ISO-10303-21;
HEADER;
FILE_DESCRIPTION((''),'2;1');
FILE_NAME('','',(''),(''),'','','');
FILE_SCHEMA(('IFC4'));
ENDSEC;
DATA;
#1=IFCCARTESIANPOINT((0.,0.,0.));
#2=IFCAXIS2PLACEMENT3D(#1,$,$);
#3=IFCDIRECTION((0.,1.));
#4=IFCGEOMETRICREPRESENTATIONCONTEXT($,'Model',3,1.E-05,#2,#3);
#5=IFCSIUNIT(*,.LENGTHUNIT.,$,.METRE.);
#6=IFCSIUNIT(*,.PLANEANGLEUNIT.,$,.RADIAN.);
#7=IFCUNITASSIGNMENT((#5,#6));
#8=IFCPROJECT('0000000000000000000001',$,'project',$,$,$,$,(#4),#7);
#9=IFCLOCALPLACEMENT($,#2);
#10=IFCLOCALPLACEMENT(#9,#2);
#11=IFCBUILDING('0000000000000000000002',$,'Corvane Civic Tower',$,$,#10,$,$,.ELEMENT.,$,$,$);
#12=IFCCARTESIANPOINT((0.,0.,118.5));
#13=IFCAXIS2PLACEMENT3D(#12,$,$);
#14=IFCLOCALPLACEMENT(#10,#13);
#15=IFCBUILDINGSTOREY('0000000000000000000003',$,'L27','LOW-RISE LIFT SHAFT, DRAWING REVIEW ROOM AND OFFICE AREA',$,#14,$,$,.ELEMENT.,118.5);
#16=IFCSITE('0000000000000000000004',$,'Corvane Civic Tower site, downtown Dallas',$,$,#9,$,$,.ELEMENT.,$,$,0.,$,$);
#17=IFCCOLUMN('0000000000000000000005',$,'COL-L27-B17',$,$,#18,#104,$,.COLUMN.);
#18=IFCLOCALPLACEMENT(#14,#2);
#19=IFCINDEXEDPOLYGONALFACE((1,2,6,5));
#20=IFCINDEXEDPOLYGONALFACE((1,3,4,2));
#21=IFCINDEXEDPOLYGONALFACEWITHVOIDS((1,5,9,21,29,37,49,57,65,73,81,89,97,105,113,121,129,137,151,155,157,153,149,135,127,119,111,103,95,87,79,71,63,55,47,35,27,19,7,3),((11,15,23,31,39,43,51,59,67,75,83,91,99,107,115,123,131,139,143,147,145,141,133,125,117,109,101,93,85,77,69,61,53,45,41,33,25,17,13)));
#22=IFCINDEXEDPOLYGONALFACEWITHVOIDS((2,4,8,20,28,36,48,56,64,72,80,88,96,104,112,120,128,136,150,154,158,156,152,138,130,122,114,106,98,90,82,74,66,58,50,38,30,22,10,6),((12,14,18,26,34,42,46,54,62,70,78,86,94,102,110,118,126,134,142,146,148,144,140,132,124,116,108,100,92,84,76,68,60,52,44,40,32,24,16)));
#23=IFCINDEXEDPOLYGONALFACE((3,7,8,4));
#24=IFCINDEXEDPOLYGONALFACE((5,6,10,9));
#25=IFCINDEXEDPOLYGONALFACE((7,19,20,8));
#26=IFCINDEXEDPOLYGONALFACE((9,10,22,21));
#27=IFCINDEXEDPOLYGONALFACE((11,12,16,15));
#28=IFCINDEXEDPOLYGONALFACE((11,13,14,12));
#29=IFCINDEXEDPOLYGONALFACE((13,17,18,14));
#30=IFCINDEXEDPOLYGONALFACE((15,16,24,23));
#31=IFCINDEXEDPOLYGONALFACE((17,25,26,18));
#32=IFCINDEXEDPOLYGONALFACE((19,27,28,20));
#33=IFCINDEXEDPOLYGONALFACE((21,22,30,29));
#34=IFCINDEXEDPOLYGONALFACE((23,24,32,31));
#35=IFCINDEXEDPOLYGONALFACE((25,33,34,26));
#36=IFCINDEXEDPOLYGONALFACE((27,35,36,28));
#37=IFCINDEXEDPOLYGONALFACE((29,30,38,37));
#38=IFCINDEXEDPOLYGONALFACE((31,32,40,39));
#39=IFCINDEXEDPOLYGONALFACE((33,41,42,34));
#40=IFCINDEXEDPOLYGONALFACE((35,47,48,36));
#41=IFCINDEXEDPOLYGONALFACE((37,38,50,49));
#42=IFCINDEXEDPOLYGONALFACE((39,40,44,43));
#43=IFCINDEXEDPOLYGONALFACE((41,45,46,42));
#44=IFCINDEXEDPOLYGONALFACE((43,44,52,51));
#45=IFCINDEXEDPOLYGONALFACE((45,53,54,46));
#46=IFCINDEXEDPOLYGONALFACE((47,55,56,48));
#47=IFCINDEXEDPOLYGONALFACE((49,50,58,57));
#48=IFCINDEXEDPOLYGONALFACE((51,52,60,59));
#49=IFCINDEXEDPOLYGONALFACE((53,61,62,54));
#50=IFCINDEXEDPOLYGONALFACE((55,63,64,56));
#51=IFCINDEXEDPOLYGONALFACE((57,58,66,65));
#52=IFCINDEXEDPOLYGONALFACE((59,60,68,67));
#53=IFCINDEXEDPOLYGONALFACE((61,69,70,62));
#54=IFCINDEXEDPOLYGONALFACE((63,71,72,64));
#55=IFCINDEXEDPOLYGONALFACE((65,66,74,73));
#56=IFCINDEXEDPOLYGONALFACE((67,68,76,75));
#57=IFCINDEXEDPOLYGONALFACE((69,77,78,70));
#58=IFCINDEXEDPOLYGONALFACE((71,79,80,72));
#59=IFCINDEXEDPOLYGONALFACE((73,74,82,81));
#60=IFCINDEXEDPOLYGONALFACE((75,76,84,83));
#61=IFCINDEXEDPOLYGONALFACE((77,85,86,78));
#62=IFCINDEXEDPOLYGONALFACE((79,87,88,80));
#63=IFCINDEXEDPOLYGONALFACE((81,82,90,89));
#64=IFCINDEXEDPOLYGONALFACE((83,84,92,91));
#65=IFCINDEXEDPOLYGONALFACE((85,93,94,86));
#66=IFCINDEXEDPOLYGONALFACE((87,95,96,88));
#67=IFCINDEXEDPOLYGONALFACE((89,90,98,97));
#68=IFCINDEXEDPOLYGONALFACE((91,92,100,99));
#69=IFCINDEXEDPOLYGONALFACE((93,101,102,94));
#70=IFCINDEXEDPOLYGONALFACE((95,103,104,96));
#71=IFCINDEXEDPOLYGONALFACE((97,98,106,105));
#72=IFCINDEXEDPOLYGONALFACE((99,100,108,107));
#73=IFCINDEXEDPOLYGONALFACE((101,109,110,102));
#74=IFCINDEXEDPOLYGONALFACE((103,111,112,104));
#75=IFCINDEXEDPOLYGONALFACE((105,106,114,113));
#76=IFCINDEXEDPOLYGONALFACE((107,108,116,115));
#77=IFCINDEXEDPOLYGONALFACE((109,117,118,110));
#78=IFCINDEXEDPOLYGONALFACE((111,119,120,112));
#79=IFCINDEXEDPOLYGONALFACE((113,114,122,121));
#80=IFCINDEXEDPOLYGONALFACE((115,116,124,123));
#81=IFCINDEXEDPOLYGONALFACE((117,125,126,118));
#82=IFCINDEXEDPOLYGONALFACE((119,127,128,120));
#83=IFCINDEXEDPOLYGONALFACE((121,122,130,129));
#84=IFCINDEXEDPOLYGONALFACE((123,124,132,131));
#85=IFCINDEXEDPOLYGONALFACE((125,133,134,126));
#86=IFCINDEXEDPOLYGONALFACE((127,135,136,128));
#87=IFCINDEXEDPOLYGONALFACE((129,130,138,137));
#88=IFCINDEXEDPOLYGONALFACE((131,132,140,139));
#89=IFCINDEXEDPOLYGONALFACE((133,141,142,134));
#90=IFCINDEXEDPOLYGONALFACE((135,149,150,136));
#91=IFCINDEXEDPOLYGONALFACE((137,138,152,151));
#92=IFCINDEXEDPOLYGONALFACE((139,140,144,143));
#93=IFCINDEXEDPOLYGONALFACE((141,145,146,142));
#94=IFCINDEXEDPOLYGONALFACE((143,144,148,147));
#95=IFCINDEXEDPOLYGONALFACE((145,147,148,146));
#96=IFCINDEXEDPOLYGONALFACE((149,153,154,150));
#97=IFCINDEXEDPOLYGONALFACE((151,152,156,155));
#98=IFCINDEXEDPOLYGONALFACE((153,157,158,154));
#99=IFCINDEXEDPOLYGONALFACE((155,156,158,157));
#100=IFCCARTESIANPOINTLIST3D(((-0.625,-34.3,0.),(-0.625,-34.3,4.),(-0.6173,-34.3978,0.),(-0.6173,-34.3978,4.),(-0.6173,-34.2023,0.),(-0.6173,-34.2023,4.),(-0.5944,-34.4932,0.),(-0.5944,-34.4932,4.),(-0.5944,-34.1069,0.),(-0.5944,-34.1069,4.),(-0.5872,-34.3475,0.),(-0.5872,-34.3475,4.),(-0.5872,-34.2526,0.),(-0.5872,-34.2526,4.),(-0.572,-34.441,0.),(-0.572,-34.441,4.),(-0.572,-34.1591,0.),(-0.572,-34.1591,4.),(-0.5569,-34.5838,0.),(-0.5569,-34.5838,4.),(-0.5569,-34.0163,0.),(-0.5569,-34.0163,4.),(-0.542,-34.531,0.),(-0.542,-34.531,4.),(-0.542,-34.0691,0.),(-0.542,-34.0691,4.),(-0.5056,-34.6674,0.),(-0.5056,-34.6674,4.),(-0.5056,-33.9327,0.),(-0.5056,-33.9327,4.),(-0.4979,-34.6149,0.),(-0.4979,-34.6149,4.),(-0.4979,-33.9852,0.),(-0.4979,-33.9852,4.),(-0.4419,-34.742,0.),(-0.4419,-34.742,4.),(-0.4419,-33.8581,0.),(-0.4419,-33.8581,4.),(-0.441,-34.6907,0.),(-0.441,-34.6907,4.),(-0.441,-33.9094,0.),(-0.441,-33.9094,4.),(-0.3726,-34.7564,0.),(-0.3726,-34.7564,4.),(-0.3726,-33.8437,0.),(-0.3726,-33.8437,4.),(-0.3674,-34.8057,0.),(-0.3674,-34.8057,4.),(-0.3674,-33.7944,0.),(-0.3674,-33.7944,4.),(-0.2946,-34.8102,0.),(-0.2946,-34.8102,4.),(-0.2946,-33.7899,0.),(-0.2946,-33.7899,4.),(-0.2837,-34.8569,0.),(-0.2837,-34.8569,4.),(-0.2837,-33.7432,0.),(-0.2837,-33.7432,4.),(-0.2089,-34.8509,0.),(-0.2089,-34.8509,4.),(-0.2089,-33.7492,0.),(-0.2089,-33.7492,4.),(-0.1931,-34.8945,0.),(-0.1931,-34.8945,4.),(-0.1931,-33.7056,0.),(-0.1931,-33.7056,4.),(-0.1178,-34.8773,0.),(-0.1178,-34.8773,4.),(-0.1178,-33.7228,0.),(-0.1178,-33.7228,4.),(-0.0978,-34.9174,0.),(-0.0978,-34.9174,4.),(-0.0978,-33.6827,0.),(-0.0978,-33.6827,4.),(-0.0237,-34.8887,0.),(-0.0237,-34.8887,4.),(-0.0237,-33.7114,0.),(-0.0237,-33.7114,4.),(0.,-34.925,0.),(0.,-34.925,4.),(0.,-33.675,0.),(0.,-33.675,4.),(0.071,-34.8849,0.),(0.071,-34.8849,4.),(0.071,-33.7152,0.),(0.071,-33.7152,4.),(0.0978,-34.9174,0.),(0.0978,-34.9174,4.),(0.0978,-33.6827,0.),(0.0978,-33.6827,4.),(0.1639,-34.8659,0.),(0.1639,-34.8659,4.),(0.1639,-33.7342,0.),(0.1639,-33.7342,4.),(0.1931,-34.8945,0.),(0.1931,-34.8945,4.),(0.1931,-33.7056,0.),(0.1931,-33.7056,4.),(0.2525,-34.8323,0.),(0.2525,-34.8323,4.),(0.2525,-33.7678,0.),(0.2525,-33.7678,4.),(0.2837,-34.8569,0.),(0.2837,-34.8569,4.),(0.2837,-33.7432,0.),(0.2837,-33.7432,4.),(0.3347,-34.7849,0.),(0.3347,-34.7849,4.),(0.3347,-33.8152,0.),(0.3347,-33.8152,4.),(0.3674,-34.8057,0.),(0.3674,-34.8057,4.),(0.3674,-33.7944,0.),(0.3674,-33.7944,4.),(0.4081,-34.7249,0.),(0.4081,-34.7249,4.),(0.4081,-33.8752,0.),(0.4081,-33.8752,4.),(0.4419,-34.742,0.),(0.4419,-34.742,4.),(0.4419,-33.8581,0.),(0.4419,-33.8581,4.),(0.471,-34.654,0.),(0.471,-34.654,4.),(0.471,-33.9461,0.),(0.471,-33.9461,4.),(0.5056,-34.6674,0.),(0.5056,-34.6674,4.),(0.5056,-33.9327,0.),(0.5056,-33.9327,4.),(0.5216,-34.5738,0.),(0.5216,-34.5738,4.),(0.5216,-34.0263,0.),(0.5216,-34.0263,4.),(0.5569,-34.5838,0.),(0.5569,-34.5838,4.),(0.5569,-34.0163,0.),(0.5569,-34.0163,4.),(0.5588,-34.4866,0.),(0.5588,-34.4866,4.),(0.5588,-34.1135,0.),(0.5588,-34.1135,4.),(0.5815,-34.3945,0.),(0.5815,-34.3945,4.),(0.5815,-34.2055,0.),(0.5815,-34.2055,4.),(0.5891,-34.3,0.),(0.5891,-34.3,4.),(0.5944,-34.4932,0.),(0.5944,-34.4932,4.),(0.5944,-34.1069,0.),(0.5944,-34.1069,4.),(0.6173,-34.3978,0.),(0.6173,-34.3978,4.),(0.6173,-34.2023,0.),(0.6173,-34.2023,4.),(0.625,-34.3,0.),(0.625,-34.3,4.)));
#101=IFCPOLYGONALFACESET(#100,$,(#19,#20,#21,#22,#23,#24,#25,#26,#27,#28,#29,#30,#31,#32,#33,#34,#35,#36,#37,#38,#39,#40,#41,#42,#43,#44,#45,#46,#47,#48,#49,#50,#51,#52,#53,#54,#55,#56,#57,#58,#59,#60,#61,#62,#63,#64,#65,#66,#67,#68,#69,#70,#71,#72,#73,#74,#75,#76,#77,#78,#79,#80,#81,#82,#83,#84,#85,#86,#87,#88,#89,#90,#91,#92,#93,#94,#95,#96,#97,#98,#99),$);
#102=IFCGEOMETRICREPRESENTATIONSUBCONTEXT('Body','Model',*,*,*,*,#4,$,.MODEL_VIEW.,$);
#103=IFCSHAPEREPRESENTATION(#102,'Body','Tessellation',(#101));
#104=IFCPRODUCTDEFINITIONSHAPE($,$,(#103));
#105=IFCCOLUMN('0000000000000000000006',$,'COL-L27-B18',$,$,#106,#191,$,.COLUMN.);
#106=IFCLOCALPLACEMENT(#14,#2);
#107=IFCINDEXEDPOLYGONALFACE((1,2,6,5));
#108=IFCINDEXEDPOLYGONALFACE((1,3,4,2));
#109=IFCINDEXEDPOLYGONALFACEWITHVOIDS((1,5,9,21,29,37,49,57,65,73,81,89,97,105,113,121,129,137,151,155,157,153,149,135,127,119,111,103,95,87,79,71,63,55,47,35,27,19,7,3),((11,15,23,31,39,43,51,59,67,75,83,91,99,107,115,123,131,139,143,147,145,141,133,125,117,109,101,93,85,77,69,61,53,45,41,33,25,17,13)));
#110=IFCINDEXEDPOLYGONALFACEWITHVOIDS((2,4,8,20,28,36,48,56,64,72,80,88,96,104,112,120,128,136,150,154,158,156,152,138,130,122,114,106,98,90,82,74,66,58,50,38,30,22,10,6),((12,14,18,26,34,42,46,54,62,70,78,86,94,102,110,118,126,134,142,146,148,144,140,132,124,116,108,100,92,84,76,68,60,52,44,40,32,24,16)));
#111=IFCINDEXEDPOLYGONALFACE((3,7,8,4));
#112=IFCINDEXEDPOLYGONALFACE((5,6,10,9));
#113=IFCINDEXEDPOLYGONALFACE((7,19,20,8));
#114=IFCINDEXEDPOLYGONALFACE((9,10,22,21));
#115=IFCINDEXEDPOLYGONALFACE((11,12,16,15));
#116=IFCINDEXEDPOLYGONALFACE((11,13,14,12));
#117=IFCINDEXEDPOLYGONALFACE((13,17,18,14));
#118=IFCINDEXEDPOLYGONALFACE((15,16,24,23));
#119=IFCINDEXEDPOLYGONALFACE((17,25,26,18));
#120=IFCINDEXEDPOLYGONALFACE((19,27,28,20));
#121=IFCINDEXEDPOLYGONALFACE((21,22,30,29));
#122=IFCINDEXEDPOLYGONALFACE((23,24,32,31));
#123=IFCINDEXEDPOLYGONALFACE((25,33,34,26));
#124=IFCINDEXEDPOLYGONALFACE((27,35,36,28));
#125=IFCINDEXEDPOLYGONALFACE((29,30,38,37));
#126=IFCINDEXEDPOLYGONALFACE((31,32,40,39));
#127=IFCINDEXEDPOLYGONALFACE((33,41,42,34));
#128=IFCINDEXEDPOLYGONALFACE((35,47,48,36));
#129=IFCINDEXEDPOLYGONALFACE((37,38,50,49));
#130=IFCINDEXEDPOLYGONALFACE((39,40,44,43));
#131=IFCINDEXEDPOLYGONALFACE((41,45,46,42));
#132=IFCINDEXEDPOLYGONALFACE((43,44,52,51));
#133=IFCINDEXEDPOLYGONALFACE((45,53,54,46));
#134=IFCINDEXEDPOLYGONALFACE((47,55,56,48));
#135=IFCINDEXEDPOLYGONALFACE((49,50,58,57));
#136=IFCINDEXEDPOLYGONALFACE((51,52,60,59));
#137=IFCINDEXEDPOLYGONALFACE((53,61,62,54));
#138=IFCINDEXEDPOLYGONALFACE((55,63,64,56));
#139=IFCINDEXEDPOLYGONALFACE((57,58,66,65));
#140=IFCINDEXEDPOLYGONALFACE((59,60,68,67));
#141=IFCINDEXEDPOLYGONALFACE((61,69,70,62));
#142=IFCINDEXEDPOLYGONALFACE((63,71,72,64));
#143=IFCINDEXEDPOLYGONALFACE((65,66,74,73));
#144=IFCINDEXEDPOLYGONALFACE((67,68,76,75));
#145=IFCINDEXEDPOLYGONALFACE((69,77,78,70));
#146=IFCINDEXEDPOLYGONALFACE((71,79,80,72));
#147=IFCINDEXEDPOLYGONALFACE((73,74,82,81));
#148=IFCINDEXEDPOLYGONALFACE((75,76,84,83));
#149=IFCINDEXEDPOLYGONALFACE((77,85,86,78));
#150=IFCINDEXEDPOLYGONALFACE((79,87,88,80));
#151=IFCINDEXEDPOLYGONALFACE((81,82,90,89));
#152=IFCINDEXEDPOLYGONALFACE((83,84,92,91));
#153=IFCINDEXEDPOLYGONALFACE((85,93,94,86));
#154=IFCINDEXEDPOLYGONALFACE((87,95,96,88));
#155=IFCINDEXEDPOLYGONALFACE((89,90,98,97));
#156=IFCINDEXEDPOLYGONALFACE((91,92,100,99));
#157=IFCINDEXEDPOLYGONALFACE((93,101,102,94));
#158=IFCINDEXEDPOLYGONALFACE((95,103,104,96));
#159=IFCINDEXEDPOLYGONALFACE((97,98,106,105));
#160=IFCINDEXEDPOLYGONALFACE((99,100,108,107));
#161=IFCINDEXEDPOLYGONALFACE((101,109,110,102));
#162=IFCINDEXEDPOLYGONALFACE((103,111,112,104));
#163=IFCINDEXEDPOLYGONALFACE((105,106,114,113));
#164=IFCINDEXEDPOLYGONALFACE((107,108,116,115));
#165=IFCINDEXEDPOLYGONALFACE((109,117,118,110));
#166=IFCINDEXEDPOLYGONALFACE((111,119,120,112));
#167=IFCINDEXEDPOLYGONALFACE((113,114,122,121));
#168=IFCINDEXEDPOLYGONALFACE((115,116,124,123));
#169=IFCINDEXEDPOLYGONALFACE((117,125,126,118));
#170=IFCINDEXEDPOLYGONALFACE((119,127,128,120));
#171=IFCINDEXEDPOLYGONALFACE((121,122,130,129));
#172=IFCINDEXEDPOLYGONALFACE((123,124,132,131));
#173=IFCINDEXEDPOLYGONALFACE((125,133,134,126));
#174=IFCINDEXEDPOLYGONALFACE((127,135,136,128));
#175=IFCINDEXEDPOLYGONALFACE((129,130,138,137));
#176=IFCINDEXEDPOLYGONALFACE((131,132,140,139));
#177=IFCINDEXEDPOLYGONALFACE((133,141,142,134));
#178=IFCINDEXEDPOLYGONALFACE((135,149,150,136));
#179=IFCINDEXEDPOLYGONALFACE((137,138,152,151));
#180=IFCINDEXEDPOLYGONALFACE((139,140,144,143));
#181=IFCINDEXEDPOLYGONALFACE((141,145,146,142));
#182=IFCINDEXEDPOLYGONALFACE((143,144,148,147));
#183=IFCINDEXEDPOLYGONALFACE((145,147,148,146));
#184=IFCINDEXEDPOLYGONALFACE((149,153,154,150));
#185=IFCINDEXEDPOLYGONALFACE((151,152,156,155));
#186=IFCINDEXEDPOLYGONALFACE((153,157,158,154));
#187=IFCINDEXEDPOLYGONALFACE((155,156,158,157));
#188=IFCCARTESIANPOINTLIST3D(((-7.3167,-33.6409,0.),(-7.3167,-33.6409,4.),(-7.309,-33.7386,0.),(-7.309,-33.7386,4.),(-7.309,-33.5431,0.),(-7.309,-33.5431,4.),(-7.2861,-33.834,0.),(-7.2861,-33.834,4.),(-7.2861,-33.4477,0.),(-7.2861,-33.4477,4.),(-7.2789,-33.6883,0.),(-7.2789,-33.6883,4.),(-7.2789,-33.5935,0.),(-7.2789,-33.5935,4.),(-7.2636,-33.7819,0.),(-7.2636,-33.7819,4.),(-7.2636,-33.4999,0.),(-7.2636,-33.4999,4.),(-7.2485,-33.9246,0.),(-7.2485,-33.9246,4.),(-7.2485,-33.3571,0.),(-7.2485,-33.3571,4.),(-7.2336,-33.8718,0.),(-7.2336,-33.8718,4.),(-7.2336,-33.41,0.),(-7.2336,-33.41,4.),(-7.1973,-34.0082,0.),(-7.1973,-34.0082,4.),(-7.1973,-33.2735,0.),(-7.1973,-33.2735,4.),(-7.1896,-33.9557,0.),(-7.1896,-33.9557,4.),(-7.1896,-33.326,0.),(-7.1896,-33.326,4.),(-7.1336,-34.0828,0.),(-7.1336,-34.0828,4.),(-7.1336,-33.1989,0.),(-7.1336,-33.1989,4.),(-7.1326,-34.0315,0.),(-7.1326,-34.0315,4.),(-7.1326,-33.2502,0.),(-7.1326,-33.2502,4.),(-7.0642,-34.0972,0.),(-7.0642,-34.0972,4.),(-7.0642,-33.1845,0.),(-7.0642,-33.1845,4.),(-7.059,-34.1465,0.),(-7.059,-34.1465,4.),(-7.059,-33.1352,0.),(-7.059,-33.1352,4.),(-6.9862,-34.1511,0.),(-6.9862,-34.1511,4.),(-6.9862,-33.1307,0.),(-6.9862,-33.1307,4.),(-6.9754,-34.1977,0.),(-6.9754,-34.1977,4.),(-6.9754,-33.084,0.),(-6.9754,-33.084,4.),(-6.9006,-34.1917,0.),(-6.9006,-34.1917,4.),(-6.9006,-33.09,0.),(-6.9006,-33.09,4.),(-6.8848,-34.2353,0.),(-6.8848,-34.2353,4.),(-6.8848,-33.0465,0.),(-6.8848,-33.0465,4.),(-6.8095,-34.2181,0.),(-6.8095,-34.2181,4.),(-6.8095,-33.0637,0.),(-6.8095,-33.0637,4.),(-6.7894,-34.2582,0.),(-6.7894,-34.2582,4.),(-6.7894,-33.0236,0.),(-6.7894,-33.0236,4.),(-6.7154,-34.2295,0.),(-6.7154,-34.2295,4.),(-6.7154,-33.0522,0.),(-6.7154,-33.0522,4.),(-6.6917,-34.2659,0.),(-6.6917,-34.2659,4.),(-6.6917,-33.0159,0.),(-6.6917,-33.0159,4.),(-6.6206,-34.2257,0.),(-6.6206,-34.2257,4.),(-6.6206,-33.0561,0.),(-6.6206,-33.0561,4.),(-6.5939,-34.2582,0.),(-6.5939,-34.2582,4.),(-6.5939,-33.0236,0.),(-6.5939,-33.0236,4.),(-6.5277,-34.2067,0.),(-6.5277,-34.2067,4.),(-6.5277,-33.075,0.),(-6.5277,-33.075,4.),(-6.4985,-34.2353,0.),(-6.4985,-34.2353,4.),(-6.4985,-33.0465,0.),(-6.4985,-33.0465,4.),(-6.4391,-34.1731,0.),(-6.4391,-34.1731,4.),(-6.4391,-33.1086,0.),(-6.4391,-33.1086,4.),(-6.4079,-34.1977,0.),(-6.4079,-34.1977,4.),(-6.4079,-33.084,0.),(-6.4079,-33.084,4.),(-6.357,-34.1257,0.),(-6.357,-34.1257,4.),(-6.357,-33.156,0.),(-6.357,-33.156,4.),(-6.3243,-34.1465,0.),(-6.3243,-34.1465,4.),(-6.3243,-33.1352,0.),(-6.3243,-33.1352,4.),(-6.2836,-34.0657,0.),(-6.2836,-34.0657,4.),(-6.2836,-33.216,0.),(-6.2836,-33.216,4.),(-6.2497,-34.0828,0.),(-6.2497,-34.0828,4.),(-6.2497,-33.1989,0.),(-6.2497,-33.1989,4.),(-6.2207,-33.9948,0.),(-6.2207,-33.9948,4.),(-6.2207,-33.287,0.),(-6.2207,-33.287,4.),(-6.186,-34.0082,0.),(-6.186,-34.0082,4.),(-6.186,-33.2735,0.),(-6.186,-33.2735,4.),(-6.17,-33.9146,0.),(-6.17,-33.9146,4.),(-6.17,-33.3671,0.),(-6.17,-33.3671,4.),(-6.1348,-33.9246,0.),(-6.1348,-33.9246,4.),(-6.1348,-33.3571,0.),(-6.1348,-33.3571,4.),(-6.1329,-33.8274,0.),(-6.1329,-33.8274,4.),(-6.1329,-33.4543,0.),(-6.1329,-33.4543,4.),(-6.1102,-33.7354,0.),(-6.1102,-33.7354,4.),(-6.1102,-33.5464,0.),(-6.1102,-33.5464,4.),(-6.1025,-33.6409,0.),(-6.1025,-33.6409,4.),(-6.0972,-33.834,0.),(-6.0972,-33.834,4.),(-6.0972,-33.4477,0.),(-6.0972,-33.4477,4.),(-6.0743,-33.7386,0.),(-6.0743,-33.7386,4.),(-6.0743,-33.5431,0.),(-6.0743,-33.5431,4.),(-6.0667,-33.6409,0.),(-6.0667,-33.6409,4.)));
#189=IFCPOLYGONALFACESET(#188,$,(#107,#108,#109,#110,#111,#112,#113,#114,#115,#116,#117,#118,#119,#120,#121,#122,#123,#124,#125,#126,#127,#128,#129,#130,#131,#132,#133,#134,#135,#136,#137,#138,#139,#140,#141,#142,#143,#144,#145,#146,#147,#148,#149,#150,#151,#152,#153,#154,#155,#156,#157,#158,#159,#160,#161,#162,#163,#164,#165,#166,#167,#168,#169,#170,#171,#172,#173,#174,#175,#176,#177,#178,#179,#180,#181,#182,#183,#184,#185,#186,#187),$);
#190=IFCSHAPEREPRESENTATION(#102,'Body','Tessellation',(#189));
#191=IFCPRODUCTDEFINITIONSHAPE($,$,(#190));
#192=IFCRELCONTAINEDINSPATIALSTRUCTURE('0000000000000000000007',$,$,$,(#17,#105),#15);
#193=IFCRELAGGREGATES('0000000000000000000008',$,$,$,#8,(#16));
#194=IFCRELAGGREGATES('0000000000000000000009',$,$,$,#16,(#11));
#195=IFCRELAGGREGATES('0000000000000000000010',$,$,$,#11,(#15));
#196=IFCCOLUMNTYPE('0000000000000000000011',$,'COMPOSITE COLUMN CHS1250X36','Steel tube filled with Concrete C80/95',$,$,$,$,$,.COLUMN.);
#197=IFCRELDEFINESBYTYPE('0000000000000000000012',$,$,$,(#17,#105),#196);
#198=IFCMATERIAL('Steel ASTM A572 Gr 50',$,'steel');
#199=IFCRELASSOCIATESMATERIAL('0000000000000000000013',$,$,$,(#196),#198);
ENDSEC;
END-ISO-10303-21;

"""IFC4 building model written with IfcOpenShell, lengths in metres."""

from ifc_helpers import new_model, si_unit, direction, frame, origin, origin_2d, place, context, subcontext, project, spatial, hollow_circle, extrude, material, material_profile, profile_set, type_object, element, save


model = new_model("IFC4")

# Units and contexts
model_context = context("Model", 3, precision=1e-05, world=origin(), true_north=direction((0.0, 1.0)))
body_context = subcontext(model_context, "Body", "Model", "MODEL_VIEW")
ifc_project = project(units=[si_unit("LENGTHUNIT", "METRE"), si_unit("PLANEANGLEUNIT", "RADIAN")], contexts=[model_context])

# Site, building, storey
site_placement = place(None, origin())
site = spatial("IfcSite", under=ifc_project, at=site_placement, Name="Corvane Civic Tower site, downtown Dallas", CompositionType="ELEMENT", RefElevation=0.0)
building_placement = place(site_placement, origin())
building = spatial("IfcBuilding", under=site, at=building_placement, Name="Corvane Civic Tower", CompositionType="ELEMENT")
storey_placement = place(building_placement, frame((0.0, 0.0, 118.5)))
storey = spatial("IfcBuildingStorey", under=building, at=storey_placement, Name="L27", Description="LOW-RISE LIFT SHAFT, DRAWING REVIEW ROOM AND OFFICE AREA", CompositionType="ELEMENT", Elevation=118.5)

# Columns
ifc_material_1 = material(Name="Steel ASTM A572 Gr 50", Category="steel")
ifc_material_profile_1 = material_profile(ifc_material_1, hollow_circle(Radius=0.625, WallThickness=0.0359, at=origin_2d()), Name="CHS1250X36")
ifc_profile_set_1 = profile_set([ifc_material_profile_1], Name="Steel ASTM A572 Gr 50")
column_type = type_object("IfcColumnType", Name="COMPOSITE COLUMN CHS1250X36", Description="Steel tube filled with Concrete C80/95", PredefinedType="COLUMN", material=ifc_profile_set_1)
for number, where, z_axis, x_axis, name in (
    (1, (0.0, -34.3, 0.0), (0.0, 0.0, 1.0), (1.0, 0.0, 0.0), "COL-L27-B17"),
    (2, (-6.6917, -33.6409, 0.0), (0.0, 0.0, 1.0), (1.0, 0.0, 0.0), "COL-L27-B18"),
):
    element("IfcColumn", number, at=place(storey_placement, frame(where, z_axis=z_axis, x_axis=x_axis)), inside=storey, type_object=column_type, Name=name, PredefinedType="COLUMN", context=body_context, shape_type="SweptSolid", body=[
        extrude(hollow_circle(Radius=0.625, WallThickness=0.0359, at=origin_2d()), origin(), (0.0, 0.0, 1.0), 4.0),
    ])

save(model, "model.ifc")
